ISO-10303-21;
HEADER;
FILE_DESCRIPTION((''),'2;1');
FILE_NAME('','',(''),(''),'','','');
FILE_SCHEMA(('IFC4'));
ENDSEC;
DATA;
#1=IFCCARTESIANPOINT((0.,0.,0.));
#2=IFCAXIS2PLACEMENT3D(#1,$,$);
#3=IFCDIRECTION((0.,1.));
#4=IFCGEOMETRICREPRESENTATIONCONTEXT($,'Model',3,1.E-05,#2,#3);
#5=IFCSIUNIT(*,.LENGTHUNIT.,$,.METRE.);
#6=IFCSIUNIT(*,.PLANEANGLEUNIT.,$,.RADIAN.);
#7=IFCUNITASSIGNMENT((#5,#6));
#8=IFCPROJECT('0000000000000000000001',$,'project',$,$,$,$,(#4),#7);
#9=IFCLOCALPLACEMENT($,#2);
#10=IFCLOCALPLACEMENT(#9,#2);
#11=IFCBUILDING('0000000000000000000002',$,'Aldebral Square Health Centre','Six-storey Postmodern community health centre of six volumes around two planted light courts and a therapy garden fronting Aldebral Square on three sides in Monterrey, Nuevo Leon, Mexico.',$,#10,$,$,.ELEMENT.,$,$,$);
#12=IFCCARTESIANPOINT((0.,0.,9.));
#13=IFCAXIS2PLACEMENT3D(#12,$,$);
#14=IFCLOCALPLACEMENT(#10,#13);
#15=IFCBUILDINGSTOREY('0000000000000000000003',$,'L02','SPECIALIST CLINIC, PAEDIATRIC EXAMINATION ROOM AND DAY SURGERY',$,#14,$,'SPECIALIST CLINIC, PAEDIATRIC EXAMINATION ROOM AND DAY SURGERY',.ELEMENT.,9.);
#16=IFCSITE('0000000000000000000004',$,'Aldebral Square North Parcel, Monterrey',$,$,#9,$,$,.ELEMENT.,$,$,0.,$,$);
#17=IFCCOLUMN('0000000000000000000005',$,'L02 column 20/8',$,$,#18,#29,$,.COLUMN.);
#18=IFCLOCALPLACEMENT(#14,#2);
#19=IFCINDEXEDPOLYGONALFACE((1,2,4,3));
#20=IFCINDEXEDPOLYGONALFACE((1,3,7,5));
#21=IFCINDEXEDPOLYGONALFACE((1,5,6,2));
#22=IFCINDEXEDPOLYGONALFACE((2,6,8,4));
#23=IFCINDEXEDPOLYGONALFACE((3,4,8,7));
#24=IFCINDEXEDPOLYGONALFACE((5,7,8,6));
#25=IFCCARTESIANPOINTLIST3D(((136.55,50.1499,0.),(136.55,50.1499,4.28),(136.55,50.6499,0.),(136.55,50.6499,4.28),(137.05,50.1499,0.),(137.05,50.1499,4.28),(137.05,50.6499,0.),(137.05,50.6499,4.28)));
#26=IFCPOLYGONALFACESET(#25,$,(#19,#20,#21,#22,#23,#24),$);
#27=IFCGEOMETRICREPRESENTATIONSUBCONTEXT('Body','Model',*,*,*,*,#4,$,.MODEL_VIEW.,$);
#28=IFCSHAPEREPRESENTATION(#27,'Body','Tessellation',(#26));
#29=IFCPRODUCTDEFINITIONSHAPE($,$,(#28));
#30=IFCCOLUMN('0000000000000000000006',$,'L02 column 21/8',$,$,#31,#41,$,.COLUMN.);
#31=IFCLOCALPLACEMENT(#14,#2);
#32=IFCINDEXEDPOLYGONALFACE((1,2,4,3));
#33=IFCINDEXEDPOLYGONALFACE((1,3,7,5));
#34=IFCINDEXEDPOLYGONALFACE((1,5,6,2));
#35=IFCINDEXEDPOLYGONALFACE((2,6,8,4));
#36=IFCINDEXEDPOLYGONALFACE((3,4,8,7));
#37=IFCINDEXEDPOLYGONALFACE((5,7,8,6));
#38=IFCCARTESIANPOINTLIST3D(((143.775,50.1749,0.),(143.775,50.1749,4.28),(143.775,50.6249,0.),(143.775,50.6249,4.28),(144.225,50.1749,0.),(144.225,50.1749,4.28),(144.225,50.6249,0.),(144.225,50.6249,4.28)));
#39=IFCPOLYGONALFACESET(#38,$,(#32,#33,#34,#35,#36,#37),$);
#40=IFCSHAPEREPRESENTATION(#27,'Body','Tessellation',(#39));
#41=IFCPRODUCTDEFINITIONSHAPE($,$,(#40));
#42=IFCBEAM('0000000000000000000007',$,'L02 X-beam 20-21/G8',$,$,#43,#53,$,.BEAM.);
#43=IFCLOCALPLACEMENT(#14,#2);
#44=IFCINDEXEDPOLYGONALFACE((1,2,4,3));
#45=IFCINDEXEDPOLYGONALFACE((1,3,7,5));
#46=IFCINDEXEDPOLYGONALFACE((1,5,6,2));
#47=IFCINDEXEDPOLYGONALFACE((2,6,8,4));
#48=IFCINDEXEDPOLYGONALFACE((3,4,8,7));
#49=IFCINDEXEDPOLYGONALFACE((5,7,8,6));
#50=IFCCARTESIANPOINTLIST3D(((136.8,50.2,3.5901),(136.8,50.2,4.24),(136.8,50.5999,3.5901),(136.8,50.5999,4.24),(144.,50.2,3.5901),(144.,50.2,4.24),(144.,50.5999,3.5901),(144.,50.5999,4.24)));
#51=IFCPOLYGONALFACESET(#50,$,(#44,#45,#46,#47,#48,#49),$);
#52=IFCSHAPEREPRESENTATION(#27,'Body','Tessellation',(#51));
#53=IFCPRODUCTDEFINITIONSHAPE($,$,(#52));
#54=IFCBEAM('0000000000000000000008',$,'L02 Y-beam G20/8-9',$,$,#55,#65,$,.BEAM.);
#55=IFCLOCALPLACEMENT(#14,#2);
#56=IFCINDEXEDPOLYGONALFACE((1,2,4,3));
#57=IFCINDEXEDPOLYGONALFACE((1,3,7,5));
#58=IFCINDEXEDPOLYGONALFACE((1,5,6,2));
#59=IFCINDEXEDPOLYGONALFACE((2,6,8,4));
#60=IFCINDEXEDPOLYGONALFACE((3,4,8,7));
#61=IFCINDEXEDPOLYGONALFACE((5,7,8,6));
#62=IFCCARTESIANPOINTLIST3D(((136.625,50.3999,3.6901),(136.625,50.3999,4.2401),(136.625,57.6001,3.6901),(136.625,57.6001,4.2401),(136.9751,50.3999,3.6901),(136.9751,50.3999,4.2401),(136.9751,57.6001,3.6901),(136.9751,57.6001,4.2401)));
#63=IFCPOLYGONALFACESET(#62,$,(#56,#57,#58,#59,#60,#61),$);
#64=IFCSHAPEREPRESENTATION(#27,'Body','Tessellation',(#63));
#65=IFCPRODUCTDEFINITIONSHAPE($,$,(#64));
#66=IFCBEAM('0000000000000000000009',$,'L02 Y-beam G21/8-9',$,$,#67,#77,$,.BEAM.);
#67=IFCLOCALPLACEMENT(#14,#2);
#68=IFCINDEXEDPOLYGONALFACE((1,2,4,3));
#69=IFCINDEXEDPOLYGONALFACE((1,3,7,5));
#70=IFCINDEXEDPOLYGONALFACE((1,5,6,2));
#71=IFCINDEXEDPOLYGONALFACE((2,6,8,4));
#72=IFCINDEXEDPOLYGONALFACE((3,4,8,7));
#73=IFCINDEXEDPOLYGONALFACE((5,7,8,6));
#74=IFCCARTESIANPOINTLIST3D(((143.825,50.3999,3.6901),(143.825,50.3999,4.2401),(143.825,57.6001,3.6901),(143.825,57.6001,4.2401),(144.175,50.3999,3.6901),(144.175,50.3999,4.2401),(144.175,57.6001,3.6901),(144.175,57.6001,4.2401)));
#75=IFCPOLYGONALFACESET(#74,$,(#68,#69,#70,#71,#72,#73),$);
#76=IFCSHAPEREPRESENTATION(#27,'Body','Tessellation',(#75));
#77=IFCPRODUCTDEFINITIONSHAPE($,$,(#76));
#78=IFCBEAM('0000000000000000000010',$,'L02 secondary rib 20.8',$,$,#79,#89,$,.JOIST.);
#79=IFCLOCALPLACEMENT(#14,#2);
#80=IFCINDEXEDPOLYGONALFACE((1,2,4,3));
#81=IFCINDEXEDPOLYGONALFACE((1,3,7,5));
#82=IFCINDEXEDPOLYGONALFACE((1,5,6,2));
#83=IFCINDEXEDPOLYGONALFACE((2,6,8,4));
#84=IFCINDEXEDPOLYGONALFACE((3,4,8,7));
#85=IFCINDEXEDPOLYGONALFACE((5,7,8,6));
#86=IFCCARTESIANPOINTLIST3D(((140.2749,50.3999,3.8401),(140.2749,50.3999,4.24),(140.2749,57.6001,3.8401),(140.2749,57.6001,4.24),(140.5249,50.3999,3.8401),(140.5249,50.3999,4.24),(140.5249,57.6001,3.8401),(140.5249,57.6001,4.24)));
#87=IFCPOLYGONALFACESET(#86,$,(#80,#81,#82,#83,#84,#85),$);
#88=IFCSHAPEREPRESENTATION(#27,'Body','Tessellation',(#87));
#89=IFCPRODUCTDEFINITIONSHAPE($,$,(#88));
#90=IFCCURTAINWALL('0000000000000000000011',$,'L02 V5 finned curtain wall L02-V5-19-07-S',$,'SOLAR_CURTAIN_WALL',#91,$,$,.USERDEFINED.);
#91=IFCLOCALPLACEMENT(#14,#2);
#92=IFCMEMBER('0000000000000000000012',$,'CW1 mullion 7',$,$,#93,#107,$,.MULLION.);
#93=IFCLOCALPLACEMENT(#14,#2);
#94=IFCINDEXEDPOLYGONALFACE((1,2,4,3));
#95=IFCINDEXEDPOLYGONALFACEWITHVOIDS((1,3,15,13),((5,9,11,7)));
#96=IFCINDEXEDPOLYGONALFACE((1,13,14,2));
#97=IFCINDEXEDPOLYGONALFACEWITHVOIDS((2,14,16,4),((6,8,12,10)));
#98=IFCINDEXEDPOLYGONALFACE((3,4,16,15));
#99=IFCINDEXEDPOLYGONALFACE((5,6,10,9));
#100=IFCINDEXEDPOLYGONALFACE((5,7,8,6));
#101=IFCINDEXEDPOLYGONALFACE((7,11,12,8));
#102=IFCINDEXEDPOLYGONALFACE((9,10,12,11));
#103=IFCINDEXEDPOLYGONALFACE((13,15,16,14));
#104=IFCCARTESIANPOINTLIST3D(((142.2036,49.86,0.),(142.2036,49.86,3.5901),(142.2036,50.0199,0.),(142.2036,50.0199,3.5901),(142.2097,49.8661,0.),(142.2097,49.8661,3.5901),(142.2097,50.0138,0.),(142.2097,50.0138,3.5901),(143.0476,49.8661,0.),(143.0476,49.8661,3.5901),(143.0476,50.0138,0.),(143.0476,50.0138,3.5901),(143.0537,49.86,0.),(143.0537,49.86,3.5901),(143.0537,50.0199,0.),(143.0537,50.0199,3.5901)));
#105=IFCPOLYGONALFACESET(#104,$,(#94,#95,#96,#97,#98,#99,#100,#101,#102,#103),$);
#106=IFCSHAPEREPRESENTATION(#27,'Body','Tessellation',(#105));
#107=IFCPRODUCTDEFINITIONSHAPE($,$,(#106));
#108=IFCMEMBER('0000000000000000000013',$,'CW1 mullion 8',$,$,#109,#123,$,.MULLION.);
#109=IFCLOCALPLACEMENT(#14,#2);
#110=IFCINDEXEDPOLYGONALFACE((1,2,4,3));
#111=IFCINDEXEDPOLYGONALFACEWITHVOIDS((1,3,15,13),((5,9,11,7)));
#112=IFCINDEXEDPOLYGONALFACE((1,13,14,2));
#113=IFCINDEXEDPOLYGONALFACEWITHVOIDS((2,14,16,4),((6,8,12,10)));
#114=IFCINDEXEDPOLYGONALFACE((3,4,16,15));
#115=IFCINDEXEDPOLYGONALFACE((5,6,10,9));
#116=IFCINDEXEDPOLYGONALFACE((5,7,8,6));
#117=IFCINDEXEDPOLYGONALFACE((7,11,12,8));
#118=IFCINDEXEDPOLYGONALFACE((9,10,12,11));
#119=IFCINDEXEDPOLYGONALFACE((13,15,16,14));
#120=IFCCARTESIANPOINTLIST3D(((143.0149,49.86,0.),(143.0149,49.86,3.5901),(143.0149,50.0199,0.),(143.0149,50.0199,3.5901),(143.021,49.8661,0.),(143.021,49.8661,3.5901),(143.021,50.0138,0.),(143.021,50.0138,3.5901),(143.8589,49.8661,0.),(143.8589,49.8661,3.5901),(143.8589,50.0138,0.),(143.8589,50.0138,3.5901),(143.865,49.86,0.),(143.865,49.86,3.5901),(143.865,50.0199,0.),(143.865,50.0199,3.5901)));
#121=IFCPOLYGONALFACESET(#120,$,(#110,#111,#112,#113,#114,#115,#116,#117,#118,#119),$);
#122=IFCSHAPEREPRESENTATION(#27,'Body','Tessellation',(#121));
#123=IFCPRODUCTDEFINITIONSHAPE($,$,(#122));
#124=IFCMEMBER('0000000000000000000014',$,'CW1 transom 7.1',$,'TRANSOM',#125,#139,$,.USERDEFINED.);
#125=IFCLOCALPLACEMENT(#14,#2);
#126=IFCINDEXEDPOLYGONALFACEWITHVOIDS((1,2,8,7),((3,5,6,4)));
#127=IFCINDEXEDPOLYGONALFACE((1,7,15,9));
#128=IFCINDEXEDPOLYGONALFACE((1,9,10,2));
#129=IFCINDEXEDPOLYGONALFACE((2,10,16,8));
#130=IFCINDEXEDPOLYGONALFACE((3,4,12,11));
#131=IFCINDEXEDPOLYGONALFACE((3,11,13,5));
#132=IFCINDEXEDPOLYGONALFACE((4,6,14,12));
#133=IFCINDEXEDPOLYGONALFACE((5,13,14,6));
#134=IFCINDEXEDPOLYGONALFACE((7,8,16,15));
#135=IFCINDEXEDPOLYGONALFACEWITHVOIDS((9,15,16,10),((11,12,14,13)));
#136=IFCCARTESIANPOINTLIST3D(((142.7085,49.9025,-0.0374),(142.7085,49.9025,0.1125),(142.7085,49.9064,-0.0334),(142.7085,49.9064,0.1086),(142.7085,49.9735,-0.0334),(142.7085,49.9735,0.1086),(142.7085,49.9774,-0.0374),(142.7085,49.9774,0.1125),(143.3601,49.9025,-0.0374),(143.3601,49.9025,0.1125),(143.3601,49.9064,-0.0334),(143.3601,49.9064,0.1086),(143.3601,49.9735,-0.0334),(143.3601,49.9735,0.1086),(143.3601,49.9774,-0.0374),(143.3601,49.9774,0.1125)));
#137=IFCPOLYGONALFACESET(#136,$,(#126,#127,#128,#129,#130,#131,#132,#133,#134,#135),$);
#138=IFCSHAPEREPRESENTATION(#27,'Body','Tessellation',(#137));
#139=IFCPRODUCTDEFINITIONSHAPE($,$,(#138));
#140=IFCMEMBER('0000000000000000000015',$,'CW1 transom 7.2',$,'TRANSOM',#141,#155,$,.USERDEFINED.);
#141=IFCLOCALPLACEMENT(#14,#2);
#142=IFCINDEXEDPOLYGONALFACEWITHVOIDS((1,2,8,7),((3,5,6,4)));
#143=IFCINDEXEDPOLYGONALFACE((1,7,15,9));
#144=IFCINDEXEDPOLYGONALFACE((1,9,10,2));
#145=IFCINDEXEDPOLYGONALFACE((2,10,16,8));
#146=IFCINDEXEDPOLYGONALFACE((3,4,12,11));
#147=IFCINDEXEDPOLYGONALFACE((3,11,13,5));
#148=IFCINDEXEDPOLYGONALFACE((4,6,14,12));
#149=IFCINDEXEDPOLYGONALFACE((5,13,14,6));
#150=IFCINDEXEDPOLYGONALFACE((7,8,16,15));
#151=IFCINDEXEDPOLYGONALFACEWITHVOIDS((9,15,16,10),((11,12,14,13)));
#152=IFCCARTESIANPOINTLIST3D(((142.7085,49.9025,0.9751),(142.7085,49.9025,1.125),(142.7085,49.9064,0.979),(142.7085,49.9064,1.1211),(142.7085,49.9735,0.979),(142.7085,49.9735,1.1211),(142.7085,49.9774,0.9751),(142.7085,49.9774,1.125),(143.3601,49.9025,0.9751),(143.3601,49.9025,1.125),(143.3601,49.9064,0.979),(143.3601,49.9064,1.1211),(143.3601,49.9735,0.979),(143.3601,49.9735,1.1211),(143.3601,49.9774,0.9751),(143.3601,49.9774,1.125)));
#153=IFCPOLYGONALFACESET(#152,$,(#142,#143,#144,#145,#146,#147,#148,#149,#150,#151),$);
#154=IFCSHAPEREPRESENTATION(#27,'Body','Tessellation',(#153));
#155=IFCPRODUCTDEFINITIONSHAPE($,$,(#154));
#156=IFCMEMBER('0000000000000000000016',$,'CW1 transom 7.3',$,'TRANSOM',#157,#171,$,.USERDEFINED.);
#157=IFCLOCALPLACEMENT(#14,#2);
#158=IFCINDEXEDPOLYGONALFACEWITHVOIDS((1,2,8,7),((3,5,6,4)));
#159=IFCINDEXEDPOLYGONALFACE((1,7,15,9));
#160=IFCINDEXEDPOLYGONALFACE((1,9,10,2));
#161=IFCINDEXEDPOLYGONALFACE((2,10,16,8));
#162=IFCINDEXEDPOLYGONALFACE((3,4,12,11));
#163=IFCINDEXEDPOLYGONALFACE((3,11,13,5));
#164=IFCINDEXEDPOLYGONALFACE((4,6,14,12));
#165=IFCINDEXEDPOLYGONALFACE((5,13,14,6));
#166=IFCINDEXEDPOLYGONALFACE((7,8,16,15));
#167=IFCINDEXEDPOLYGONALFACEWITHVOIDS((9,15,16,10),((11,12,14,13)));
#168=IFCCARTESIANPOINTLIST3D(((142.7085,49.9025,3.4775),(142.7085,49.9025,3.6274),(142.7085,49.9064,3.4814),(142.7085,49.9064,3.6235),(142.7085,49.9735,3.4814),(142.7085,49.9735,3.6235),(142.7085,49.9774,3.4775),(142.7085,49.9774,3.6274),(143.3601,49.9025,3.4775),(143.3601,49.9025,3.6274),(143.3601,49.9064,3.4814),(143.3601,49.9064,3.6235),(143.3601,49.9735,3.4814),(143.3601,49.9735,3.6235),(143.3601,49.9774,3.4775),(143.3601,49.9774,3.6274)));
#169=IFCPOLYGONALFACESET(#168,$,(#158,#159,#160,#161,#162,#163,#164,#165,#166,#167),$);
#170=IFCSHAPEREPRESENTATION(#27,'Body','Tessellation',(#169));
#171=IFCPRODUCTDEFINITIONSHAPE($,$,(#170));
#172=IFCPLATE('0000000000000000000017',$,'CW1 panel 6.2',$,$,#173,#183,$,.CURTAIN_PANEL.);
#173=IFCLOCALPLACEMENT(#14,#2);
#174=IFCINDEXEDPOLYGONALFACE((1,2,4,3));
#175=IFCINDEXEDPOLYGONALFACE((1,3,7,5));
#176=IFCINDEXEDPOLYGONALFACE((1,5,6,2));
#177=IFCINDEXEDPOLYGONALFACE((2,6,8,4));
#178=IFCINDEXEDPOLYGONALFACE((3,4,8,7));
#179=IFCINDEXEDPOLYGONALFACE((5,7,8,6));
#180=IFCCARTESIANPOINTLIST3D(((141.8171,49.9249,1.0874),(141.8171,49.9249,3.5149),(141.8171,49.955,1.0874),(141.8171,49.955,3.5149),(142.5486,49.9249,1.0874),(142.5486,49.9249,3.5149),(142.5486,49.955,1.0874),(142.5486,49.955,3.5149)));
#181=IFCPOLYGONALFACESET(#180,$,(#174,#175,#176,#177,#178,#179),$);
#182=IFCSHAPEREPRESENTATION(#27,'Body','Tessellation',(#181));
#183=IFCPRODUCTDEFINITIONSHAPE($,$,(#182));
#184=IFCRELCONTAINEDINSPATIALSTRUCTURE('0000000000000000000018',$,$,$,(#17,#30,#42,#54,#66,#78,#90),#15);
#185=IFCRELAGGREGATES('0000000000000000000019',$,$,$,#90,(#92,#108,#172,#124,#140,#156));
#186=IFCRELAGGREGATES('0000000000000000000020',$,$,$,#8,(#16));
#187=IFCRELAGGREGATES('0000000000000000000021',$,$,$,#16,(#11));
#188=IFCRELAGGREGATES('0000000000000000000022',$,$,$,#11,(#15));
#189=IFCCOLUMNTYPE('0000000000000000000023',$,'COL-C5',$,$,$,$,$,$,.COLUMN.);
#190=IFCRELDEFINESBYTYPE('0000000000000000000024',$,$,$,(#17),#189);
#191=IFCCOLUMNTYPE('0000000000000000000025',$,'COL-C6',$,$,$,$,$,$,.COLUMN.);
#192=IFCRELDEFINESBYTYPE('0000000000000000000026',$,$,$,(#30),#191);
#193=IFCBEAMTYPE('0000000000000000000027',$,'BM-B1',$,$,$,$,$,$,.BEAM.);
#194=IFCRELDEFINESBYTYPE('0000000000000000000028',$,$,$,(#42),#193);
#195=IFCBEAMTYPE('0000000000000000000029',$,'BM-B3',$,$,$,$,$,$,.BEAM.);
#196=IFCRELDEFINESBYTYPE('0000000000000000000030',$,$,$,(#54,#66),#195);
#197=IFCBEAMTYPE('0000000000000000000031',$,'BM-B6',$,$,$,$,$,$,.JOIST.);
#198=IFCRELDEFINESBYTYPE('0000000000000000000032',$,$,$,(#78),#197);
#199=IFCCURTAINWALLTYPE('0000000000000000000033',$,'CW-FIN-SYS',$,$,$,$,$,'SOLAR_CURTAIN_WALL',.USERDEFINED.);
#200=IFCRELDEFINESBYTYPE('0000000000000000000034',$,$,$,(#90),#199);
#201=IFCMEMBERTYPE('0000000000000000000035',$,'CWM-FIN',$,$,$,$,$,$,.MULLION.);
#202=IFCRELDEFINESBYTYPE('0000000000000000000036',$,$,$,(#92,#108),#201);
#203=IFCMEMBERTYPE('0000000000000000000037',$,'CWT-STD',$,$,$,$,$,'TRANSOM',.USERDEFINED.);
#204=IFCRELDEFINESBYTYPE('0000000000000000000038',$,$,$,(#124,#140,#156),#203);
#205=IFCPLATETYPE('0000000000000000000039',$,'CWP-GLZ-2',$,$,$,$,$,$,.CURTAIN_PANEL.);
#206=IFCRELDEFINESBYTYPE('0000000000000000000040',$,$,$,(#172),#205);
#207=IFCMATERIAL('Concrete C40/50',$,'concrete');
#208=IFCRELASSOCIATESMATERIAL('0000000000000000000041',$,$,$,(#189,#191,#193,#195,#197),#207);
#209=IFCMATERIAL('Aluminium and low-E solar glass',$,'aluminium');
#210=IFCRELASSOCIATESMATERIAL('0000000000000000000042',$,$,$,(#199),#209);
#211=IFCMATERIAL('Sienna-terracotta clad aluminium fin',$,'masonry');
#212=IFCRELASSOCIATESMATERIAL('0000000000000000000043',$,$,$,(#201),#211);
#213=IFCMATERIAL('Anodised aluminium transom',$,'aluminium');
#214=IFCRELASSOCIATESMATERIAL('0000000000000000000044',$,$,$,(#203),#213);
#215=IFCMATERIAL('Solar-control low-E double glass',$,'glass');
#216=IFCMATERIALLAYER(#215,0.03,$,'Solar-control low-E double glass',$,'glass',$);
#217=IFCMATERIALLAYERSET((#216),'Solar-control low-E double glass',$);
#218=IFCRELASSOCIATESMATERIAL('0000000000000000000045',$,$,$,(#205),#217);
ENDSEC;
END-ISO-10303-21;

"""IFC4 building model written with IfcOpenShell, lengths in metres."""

from ifc_helpers import new_model, si_unit, direction, frame, origin, origin_2d, place, context, subcontext, project, spatial, rectangle, hollow_rectangle, extrude, material, layer, layer_set, material_profile, profile_set, type_object, element, aggregate, save


model = new_model("IFC4")

# Units and contexts
model_context = context("Model", 3, precision=1e-05, world=origin(), true_north=direction((0.0, 1.0)))
body_context = subcontext(model_context, "Body", "Model", "MODEL_VIEW")
ifc_project = project(units=[si_unit("LENGTHUNIT", "METRE"), si_unit("PLANEANGLEUNIT", "RADIAN")], contexts=[model_context])

# Site, building, storey
site_placement = place(None, origin())
site = spatial("IfcSite", under=ifc_project, at=site_placement, Name="Aldebral Square North Parcel, Monterrey", CompositionType="ELEMENT", RefElevation=0.0)
building_placement = place(site_placement, origin())
building = spatial("IfcBuilding", under=site, at=building_placement, Name="Aldebral Square Health Centre", Description="Six-storey Postmodern community health centre of six volumes around two planted light courts and a therapy garden fronting Aldebral Square on three sides in Monterrey, Nuevo Leon, Mexico.", CompositionType="ELEMENT")
storey_placement = place(building_placement, frame((0.0, 0.0, 9.0)))
storey = spatial("IfcBuildingStorey", under=building, at=storey_placement, Name="L02", Description="SPECIALIST CLINIC, PAEDIATRIC EXAMINATION ROOM AND DAY SURGERY", LongName="SPECIALIST CLINIC, PAEDIATRIC EXAMINATION ROOM AND DAY SURGERY", CompositionType="ELEMENT", Elevation=9.0)

# Columns
ifc_material_1 = material(Name="Concrete C40/50", Category="concrete")
ifc_material_profile_1 = material_profile(ifc_material_1, rectangle(XDim=0.5, YDim=0.5, at=origin_2d()), Name="RC 500x500")
ifc_profile_set_1 = profile_set([ifc_material_profile_1], Name="Concrete C40/50")
column_type_1 = type_object("IfcColumnType", Name="COL-C5", PredefinedType="COLUMN", material=ifc_profile_set_1)
column_1_placement = place(storey_placement, frame((136.8, 50.3999, 0.0), z_axis=(0.0, 0.0, 1.0), x_axis=(1.0, 0.0, 0.0)))
element("IfcColumn", 1, at=column_1_placement, inside=storey, type_object=column_type_1, Name="L02 column 20/8", PredefinedType="COLUMN", context=body_context, shape_type="SweptSolid", body=[
    extrude(rectangle(XDim=0.5, YDim=0.5, at=origin_2d()), origin(), (0.0, 0.0, 1.0), 4.28),
])
ifc_material_profile_2 = material_profile(ifc_material_1, rectangle(XDim=0.45, YDim=0.45, at=origin_2d()), Name="RC 450x450")
ifc_profile_set_2 = profile_set([ifc_material_profile_2], Name="Concrete C40/50")
column_type_2 = type_object("IfcColumnType", Name="COL-C6", PredefinedType="COLUMN", material=ifc_profile_set_2)
column_2_placement = place(storey_placement, frame((144.0, 50.3999, 0.0), z_axis=(0.0, 0.0, 1.0), x_axis=(1.0, 0.0, 0.0)))
element("IfcColumn", 2, at=column_2_placement, inside=storey, type_object=column_type_2, Name="L02 column 21/8", PredefinedType="COLUMN", context=body_context, shape_type="SweptSolid", body=[
    extrude(rectangle(XDim=0.45, YDim=0.45, at=origin_2d()), origin(), (0.0, 0.0, 1.0), 4.28),
])

# Beams
ifc_material_profile_3 = material_profile(ifc_material_1, rectangle(XDim=0.3999, YDim=0.6499, at=origin_2d()), Name="RC 400x650")
ifc_profile_set_3 = profile_set([ifc_material_profile_3], Name="Concrete C40/50")
beam_type_1 = type_object("IfcBeamType", Name="BM-B1", PredefinedType="BEAM", material=ifc_profile_set_3)
beam_1_placement = place(storey_placement, frame((136.8, 50.3999, 3.915), z_axis=(1.0, 0.0, 0.0), x_axis=(0.0, 1.0, 0.0)))
element("IfcBeam", 3, at=beam_1_placement, inside=storey, type_object=beam_type_1, Name="L02 X-beam 20-21/G8", PredefinedType="BEAM", context=body_context, shape_type="SweptSolid", body=[
    extrude(rectangle(XDim=0.3999, YDim=0.6499, at=origin_2d()), origin(), (0.0, 0.0, 1.0), 7.2),
])
ifc_material_profile_4 = material_profile(ifc_material_1, rectangle(XDim=0.3501, YDim=0.55, at=origin_2d()), Name="RC 350x550")
ifc_profile_set_4 = profile_set([ifc_material_profile_4], Name="Concrete C40/50")
beam_type_2 = type_object("IfcBeamType", Name="BM-B3", PredefinedType="BEAM", material=ifc_profile_set_4)
for number, where, z_axis, x_axis, name in (
    (4, (136.8, 50.3999, 3.9651), (0.0, 1.0, 0.0), (-1.0, 0.0, 0.0), "L02 Y-beam G20/8-9"),
    (5, (144.0, 50.3999, 3.9651), (0.0, 1.0, 0.0), (-1.0, 0.0, 0.0), "L02 Y-beam G21/8-9"),
):
    element("IfcBeam", number, at=place(storey_placement, frame(where, z_axis=z_axis, x_axis=x_axis)), inside=storey, type_object=beam_type_2, Name=name, PredefinedType="BEAM", context=body_context, shape_type="SweptSolid", body=[
        extrude(rectangle(XDim=0.3501, YDim=0.55, at=origin_2d()), origin(), (0.0, 0.0, 1.0), 7.2002),
    ])
ifc_material_profile_5 = material_profile(ifc_material_1, rectangle(XDim=0.25, YDim=0.3999, at=origin_2d()), Name="RC 250x400")
ifc_profile_set_5 = profile_set([ifc_material_profile_5], Name="Concrete C40/50")
beam_type_3 = type_object("IfcBeamType", Name="BM-B6", PredefinedType="JOIST", material=ifc_profile_set_5)
beam_2_placement = place(storey_placement, frame((140.3999, 50.3999, 4.04), z_axis=(0.0, 1.0, 0.0), x_axis=(-1.0, 0.0, 0.0)))
element("IfcBeam", 6, at=beam_2_placement, inside=storey, type_object=beam_type_3, Name="L02 secondary rib 20.8", PredefinedType="JOIST", context=body_context, shape_type="SweptSolid", body=[
    extrude(rectangle(XDim=0.25, YDim=0.3999, at=origin_2d()), origin(), (0.0, 0.0, 1.0), 7.2002),
])

# Curtain wall, members, plate
ifc_material_2 = material(Name="Aluminium and low-E solar glass", Category="aluminium")
curtain_wall_type = type_object("IfcCurtainWallType", Name="CW-FIN-SYS", ElementType="SOLAR_CURTAIN_WALL", PredefinedType="USERDEFINED", material=ifc_material_2)
curtain_wall_placement = place(storey_placement, origin())
curtain_wall = element("IfcCurtainWall", 7, at=curtain_wall_placement, inside=storey, type_object=curtain_wall_type, Name="L02 V5 finned curtain wall L02-V5-19-07-S", ObjectType="SOLAR_CURTAIN_WALL", PredefinedType="USERDEFINED")
ifc_material_3 = material(Name="Sienna-terracotta clad aluminium fin", Category="masonry")
ifc_material_profile_6 = material_profile(ifc_material_3, hollow_rectangle(XDim=0.1599, YDim=0.8501, WallThickness=0.0061, at=origin_2d()), Name="FIN 160x850x6")
ifc_profile_set_6 = profile_set([ifc_material_profile_6], Name="Sienna-terracotta clad aluminium fin")
member_type_1 = type_object("IfcMemberType", Name="CWM-FIN", PredefinedType="MULLION", material=ifc_profile_set_6)
member_1_placement = place(storey_placement, frame((142.6287, 49.9399, 0.0), z_axis=(0.0, 0.0, 1.0), x_axis=(0.0, 1.0, 0.0)))
member_1 = element("IfcMember", 8, at=member_1_placement, type_object=member_type_1, Name="CW1 mullion 7", PredefinedType="MULLION", context=body_context, shape_type="SweptSolid", body=[
    extrude(hollow_rectangle(XDim=0.1599, YDim=0.8501, WallThickness=0.0061, at=origin_2d()), origin(), (0.0, 0.0, 1.0), 3.5901),
])
member_2_placement = place(storey_placement, frame((143.4399, 49.9399, 0.0), z_axis=(0.0, 0.0, 1.0), x_axis=(0.0, 1.0, 0.0)))
member_2 = element("IfcMember", 9, at=member_2_placement, type_object=member_type_1, Name="CW1 mullion 8", PredefinedType="MULLION", context=body_context, shape_type="SweptSolid", body=[
    extrude(hollow_rectangle(XDim=0.1599, YDim=0.8501, WallThickness=0.0061, at=origin_2d()), origin(), (0.0, 0.0, 1.0), 3.5901),
])
ifc_material_4 = material(Name="Anodised aluminium transom", Category="aluminium")
ifc_material_profile_7 = material_profile(ifc_material_4, hollow_rectangle(XDim=0.075, YDim=0.1499, WallThickness=0.0039, at=origin_2d()), Name="CWT 75x150x4")
ifc_profile_set_7 = profile_set([ifc_material_profile_7], Name="Anodised aluminium transom")
member_type_2 = type_object("IfcMemberType", Name="CWT-STD", ElementType="TRANSOM", PredefinedType="USERDEFINED", material=ifc_profile_set_7)
member_3_placement = place(storey_placement, frame((142.7085, 49.9399, 0.0376), z_axis=(1.0, 0.0, 0.0), x_axis=(0.0, 1.0, 0.0)))
member_3 = element("IfcMember", 10, at=member_3_placement, type_object=member_type_2, Name="CW1 transom 7.1", ObjectType="TRANSOM", PredefinedType="USERDEFINED", context=body_context, shape_type="SweptSolid", body=[
    extrude(hollow_rectangle(XDim=0.075, YDim=0.1499, WallThickness=0.0039, at=origin_2d()), origin(), (0.0, 0.0, 1.0), 0.6516),
])
member_4_placement = place(storey_placement, frame((142.7085, 49.9399, 1.05), z_axis=(1.0, 0.0, 0.0), x_axis=(0.0, 1.0, 0.0)))
member_4 = element("IfcMember", 11, at=member_4_placement, type_object=member_type_2, Name="CW1 transom 7.2", ObjectType="TRANSOM", PredefinedType="USERDEFINED", context=body_context, shape_type="SweptSolid", body=[
    extrude(hollow_rectangle(XDim=0.075, YDim=0.1499, WallThickness=0.0039, at=origin_2d()), origin(), (0.0, 0.0, 1.0), 0.6516),
])
member_5_placement = place(storey_placement, frame((142.7085, 49.9399, 3.5525), z_axis=(1.0, 0.0, 0.0), x_axis=(0.0, 1.0, 0.0)))
member_5 = element("IfcMember", 12, at=member_5_placement, type_object=member_type_2, Name="CW1 transom 7.3", ObjectType="TRANSOM", PredefinedType="USERDEFINED", context=body_context, shape_type="SweptSolid", body=[
    extrude(hollow_rectangle(XDim=0.075, YDim=0.1499, WallThickness=0.0039, at=origin_2d()), origin(), (0.0, 0.0, 1.0), 0.6516),
])
ifc_material_5 = material(Name="Solar-control low-E double glass", Category="glass")
ifc_layer_1 = layer(ifc_material_5, 0.03, Name="Solar-control low-E double glass", Category="glass")
ifc_layer_set_1 = layer_set([ifc_layer_1], Name="Solar-control low-E double glass")
plate_type = type_object("IfcPlateType", Name="CWP-GLZ-2", PredefinedType="CURTAIN_PANEL", material=ifc_layer_set_1)
plate_1_placement = place(storey_placement, frame((142.1829, 49.9399, 1.0874), z_axis=(0.0, 0.0, 1.0), x_axis=(1.0, 0.0, 0.0)))
plate_1 = element("IfcPlate", 13, at=plate_1_placement, type_object=plate_type, Name="CW1 panel 6.2", PredefinedType="CURTAIN_PANEL", context=body_context, shape_type="SweptSolid", body=[
    extrude(rectangle(XDim=0.7314, YDim=0.03, at=origin_2d()), origin(), (0.0, 0.0, 1.0), 2.4275),
])
aggregate(curtain_wall, [member_1, member_2, plate_1, member_3, member_4, member_5])

save(model, "model.ifc")
